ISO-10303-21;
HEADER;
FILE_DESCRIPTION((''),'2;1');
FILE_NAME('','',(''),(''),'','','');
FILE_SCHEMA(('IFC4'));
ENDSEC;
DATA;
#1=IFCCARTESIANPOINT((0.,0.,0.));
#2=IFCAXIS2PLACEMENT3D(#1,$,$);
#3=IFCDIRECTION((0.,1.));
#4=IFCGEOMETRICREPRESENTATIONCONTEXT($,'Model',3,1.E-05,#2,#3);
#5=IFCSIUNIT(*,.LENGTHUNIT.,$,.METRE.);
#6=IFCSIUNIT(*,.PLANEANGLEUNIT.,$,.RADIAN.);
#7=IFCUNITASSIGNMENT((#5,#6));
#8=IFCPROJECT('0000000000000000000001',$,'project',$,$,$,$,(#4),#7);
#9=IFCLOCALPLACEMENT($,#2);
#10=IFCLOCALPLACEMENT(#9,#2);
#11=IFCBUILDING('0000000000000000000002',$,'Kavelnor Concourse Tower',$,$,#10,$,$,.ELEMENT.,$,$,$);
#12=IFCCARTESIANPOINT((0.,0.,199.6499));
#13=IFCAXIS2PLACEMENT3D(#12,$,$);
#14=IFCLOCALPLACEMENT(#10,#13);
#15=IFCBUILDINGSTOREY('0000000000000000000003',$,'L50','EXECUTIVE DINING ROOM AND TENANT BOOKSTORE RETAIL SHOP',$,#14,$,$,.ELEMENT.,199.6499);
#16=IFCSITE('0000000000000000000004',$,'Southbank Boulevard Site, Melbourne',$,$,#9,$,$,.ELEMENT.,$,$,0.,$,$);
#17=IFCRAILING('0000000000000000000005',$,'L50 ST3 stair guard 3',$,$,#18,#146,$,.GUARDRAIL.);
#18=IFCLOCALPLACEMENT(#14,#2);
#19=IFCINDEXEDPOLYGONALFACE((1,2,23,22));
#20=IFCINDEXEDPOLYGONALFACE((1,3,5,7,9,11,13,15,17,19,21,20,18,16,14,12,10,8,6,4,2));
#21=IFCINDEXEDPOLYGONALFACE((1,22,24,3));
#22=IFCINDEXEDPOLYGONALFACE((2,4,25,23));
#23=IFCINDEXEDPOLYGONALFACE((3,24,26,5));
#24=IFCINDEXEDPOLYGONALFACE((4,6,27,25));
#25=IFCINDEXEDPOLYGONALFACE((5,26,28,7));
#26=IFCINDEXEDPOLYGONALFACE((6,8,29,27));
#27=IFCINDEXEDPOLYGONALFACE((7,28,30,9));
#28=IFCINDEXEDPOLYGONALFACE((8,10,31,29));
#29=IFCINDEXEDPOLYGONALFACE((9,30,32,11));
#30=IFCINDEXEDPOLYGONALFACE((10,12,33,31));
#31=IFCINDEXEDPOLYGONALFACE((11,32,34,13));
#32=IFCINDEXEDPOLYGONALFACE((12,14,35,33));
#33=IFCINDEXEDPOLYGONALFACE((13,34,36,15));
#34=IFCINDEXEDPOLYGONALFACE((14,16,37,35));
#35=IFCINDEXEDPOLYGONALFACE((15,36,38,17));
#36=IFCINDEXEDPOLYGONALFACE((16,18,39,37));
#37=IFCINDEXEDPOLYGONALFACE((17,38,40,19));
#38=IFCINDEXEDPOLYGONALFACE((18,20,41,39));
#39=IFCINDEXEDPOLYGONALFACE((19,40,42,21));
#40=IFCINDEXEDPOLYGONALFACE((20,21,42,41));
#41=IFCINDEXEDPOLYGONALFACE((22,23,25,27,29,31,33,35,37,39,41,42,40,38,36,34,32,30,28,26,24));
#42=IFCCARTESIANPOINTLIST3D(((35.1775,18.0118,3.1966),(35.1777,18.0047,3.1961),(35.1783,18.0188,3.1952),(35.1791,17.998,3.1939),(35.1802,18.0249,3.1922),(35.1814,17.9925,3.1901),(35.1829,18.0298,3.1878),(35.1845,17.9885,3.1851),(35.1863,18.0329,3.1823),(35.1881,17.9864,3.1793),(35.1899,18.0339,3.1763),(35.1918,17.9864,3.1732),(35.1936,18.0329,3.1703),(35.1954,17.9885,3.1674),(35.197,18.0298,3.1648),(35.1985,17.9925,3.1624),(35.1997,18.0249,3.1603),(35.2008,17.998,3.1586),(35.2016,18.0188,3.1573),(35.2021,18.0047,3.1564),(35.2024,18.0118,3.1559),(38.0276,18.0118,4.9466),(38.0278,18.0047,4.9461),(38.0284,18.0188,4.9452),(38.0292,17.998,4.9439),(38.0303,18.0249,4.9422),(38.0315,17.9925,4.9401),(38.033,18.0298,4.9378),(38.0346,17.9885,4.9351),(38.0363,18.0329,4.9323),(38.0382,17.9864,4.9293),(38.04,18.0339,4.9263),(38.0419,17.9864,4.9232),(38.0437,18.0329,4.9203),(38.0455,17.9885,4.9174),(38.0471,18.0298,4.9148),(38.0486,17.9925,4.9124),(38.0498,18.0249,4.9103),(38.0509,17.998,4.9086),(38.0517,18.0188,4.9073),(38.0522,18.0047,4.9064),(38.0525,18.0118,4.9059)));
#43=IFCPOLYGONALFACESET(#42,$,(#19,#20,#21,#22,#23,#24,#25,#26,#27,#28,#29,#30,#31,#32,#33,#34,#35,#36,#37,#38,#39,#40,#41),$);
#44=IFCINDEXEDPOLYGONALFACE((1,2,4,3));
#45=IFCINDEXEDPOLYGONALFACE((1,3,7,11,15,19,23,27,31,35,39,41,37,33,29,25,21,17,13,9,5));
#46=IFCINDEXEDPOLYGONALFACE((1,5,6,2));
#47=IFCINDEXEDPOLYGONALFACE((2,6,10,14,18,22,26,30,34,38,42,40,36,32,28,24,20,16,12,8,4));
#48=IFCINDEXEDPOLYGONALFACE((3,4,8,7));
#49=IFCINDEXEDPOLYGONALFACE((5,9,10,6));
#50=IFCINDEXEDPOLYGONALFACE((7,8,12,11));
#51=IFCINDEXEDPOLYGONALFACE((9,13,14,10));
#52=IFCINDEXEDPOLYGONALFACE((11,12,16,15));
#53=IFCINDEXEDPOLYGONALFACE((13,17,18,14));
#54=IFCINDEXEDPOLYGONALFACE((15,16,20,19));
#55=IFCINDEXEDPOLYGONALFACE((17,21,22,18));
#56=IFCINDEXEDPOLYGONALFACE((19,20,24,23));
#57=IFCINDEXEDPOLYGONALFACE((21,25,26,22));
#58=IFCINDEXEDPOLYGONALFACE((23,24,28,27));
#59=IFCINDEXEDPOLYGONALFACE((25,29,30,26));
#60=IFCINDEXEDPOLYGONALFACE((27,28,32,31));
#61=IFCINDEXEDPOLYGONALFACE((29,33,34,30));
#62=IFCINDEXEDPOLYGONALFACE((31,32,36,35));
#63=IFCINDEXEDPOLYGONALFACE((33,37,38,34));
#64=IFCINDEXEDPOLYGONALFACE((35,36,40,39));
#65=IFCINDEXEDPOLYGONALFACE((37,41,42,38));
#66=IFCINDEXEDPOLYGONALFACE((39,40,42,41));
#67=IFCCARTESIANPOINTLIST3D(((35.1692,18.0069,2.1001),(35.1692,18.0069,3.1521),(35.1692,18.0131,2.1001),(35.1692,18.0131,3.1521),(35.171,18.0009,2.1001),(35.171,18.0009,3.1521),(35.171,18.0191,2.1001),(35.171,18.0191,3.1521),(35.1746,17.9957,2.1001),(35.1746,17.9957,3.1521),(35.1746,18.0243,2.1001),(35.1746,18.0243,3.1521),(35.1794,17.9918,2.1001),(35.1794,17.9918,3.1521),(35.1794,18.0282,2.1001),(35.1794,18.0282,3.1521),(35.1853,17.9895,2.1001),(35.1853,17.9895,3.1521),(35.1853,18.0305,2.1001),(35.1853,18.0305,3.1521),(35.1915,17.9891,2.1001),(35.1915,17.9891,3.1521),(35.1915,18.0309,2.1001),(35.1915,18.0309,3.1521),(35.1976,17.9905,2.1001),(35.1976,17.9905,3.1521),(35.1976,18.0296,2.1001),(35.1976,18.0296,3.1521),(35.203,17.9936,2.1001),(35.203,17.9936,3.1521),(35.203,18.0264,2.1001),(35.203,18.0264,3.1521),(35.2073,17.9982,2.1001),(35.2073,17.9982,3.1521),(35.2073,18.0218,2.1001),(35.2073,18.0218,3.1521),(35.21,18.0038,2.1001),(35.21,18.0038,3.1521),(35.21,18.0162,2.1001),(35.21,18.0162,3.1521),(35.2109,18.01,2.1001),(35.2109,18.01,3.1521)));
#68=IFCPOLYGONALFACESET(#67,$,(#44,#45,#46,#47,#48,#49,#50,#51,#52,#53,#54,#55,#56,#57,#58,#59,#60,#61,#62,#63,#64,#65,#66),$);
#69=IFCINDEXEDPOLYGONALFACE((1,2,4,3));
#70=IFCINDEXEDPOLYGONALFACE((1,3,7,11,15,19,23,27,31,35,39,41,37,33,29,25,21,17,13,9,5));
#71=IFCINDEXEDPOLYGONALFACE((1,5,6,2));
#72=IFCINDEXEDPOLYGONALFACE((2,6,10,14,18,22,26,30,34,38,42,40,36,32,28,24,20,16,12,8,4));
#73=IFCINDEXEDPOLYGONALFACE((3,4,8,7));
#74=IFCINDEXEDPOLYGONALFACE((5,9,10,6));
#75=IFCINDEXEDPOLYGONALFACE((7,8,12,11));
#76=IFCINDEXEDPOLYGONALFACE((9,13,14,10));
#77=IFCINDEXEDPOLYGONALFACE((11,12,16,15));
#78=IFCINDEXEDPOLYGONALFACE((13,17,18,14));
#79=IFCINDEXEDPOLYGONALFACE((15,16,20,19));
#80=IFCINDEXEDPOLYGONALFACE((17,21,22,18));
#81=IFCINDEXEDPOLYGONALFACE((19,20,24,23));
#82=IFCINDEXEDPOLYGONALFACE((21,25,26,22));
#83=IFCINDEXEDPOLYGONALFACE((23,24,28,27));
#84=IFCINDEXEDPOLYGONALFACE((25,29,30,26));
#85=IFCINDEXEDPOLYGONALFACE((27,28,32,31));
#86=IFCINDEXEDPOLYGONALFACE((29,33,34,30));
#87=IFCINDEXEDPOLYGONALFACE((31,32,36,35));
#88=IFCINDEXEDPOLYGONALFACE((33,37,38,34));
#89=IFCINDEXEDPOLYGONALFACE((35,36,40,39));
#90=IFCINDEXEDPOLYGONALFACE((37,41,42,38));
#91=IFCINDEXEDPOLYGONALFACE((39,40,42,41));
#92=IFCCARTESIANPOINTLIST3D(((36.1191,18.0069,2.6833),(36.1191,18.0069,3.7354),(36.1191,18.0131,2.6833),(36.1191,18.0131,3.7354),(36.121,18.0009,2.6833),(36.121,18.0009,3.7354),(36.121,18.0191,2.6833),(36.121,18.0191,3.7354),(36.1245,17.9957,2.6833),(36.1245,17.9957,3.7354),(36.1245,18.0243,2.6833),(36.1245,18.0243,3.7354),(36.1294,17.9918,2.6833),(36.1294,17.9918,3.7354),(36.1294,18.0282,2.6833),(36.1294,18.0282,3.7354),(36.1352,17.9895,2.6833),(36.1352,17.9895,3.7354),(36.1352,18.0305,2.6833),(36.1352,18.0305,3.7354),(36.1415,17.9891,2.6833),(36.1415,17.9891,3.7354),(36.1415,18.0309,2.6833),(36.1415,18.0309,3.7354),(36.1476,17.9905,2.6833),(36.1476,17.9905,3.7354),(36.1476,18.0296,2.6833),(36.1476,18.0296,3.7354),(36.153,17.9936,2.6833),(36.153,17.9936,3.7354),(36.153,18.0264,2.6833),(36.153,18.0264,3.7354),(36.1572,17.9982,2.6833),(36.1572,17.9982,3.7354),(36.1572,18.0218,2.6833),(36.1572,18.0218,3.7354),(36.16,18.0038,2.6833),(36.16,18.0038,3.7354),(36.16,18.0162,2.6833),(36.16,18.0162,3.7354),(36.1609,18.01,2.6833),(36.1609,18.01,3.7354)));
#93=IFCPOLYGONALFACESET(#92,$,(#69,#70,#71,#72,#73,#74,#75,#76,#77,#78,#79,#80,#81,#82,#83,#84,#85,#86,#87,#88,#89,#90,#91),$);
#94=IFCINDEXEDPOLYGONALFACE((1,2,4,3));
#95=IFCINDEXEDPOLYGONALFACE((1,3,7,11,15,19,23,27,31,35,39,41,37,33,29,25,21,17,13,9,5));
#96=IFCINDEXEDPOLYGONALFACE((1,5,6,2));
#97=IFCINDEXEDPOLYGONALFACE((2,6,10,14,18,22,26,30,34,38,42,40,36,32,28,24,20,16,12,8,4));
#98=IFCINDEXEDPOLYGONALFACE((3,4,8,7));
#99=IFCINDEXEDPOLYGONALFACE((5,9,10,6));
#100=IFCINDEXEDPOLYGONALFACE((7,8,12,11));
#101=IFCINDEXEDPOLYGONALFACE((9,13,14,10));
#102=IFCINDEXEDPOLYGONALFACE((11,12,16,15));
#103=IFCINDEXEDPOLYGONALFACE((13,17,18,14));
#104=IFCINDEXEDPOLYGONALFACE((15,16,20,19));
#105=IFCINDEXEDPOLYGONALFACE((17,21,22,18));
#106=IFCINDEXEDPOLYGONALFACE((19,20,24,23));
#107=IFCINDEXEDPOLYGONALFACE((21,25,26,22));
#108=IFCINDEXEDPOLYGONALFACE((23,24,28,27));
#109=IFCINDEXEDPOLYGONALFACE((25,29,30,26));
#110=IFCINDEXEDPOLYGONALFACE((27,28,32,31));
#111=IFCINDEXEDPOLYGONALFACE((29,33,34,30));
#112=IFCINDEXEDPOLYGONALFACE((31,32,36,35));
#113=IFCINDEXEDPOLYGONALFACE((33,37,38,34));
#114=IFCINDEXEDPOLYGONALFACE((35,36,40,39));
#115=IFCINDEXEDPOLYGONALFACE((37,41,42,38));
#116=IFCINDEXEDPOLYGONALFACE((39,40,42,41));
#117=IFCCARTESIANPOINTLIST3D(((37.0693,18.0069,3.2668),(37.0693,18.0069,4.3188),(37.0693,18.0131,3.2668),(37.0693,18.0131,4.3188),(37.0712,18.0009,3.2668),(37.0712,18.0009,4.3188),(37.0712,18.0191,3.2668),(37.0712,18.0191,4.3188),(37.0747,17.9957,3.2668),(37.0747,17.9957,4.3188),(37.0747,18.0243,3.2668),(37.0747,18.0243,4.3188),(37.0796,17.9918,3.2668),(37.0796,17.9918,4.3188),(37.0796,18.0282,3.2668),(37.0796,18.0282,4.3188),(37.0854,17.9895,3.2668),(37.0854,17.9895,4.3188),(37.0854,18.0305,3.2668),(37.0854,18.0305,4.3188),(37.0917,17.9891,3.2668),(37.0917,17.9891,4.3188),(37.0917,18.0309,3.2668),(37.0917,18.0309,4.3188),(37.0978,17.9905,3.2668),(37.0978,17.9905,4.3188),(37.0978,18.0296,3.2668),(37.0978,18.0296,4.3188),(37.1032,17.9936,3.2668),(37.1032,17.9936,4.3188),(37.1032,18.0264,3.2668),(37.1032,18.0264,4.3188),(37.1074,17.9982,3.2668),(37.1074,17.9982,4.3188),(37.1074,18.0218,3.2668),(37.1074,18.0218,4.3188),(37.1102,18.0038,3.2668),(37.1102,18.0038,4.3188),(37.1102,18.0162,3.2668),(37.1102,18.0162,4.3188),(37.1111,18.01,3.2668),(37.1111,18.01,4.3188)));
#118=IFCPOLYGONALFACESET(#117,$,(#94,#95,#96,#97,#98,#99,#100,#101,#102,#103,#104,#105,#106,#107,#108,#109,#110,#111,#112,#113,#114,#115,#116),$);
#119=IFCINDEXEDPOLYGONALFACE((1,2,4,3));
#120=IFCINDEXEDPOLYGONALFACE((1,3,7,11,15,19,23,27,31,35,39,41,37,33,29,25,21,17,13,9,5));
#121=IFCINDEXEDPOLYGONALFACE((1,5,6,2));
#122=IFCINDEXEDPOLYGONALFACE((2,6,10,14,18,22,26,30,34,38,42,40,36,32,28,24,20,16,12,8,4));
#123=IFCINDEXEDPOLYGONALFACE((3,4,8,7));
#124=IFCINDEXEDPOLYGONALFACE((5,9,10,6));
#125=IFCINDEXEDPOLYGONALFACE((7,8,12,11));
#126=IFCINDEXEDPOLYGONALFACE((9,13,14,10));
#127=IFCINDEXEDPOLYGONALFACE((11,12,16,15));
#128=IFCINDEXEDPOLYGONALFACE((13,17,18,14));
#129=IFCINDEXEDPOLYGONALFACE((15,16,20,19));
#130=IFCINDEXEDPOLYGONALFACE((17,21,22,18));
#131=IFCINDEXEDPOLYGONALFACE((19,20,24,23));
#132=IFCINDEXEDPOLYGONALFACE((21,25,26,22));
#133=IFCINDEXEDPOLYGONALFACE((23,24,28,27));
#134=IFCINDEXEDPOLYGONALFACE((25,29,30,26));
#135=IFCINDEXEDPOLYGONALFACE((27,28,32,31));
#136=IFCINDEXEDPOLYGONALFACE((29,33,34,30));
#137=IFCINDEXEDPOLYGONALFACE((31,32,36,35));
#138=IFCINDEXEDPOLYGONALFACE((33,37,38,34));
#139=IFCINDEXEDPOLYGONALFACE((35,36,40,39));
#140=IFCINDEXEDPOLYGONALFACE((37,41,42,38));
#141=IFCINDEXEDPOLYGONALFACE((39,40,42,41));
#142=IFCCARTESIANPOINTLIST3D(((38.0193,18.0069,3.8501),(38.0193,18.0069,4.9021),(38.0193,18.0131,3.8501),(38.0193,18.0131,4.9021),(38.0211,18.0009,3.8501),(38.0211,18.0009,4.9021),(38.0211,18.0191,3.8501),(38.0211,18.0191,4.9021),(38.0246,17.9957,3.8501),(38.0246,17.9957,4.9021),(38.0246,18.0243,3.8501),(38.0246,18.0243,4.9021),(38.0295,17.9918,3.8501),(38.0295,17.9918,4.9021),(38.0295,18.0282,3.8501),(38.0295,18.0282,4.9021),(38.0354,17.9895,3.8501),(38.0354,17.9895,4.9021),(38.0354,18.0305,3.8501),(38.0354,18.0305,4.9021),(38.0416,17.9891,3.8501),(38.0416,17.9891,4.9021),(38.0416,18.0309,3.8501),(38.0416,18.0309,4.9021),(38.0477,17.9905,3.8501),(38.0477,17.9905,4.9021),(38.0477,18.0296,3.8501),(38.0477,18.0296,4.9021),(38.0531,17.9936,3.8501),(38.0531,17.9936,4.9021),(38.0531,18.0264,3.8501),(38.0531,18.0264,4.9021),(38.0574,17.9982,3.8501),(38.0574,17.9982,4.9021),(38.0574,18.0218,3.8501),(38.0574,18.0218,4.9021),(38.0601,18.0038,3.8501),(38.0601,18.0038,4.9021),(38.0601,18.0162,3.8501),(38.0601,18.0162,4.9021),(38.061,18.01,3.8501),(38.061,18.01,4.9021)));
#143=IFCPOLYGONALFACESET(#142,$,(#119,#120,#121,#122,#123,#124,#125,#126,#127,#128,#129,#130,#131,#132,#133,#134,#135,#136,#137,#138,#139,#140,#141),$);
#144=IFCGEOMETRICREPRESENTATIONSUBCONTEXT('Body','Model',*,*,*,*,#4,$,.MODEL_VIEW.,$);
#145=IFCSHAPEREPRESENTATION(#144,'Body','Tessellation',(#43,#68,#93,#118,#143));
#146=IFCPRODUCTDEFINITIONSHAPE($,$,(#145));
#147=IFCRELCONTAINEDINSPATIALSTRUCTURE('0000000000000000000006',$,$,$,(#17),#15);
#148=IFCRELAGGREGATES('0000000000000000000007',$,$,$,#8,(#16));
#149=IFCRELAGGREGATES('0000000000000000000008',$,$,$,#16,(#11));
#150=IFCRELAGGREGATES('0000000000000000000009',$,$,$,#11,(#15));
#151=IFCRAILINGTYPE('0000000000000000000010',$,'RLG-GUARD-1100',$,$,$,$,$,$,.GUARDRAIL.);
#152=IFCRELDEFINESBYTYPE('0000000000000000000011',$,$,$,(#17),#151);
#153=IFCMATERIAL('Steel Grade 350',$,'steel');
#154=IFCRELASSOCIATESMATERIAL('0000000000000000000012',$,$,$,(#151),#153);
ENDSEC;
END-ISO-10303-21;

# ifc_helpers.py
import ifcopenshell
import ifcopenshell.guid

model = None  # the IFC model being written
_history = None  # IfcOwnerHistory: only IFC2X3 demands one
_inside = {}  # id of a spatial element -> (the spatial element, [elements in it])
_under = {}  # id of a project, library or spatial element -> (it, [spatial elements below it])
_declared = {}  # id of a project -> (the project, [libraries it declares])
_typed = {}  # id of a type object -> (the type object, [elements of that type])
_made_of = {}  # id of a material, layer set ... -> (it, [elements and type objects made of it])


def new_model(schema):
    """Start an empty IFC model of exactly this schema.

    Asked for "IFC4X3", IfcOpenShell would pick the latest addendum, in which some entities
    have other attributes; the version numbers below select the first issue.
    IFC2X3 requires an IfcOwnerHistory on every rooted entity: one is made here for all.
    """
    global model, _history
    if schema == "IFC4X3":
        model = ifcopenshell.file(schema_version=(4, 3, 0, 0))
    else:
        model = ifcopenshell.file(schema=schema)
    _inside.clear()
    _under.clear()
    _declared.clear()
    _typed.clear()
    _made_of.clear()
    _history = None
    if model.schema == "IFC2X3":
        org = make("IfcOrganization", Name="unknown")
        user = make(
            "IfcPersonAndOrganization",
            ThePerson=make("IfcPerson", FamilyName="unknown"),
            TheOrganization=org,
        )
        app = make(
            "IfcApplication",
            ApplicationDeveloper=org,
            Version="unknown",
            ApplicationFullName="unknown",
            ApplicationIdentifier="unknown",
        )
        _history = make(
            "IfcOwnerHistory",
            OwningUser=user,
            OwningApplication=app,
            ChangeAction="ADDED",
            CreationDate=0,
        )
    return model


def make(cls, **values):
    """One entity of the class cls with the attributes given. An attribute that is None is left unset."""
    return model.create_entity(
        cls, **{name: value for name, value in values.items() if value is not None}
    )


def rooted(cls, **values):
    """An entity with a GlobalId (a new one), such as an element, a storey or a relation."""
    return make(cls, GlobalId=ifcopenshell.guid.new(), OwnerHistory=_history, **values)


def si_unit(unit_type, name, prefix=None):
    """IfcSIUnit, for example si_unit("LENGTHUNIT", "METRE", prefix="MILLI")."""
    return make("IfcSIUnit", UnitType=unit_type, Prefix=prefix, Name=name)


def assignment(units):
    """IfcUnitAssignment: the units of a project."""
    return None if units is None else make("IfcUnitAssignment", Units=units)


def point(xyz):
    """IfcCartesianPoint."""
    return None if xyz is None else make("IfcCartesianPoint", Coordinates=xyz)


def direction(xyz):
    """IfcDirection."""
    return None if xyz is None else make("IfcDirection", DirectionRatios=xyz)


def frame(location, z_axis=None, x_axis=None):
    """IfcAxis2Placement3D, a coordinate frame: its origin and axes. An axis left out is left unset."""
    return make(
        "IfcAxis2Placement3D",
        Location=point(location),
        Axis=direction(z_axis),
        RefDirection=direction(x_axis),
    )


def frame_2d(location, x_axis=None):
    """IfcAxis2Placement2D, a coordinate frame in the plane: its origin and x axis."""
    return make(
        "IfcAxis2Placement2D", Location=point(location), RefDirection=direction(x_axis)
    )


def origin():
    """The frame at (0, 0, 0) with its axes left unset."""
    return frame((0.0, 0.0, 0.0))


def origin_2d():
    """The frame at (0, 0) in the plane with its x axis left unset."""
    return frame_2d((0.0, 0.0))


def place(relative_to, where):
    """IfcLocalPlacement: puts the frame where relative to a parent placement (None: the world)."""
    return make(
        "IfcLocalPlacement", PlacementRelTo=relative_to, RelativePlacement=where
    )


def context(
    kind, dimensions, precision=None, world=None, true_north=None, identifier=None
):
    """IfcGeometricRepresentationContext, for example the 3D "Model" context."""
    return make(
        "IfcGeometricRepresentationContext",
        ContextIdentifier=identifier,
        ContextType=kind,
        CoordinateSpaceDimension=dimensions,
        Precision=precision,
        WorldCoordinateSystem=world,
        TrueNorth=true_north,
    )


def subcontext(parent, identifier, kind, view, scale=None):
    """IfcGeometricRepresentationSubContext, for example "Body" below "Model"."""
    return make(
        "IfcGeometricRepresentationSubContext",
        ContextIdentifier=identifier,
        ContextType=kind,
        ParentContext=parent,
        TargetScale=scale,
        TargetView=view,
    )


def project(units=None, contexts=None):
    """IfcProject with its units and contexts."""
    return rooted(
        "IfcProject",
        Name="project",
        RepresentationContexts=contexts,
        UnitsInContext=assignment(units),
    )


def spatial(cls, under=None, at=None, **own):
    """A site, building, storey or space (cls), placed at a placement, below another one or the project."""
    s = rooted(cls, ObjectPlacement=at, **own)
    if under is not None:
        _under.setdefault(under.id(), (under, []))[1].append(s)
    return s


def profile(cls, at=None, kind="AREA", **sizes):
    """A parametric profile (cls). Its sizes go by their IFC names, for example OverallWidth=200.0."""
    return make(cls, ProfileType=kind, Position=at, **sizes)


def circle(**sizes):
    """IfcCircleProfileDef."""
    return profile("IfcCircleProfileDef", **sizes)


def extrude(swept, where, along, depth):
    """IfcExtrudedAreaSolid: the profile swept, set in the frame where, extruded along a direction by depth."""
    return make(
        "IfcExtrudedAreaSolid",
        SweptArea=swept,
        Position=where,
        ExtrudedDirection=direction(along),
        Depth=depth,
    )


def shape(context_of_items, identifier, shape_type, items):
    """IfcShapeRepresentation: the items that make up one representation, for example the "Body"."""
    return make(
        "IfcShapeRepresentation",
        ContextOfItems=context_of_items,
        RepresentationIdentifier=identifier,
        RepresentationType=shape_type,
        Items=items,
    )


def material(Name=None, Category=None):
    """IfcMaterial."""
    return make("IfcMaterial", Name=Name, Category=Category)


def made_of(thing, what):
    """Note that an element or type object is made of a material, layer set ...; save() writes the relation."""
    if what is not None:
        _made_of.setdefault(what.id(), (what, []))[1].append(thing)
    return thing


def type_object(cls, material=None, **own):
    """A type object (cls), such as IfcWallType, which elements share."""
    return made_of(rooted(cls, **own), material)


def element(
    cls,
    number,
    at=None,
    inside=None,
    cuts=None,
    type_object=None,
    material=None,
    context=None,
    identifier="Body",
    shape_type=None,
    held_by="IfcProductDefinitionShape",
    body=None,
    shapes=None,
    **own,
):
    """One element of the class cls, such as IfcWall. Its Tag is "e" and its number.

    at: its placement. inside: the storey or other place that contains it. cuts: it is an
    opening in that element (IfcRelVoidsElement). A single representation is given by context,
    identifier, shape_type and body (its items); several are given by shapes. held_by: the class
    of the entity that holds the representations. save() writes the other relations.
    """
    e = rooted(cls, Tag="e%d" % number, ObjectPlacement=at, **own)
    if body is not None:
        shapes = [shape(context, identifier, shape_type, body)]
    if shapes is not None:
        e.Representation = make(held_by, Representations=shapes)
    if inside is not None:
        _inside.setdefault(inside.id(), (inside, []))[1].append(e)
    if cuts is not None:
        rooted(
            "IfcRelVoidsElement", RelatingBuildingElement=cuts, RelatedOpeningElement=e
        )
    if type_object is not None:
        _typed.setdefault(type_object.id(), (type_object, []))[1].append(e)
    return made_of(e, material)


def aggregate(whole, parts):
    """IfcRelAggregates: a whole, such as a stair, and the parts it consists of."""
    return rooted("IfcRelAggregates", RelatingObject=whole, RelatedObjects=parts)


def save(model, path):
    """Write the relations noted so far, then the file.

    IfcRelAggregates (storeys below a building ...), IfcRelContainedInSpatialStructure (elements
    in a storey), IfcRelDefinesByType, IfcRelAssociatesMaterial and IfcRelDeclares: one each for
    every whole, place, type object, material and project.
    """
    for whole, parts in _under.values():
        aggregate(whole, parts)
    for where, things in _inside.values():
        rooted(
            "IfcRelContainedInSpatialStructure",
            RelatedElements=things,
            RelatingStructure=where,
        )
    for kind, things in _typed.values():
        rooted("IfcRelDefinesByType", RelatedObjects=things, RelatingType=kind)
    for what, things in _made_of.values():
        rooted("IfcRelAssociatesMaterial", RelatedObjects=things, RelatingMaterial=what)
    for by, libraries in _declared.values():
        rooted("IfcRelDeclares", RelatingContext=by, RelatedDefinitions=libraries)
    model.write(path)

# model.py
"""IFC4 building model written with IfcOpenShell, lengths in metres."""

from ifc_helpers import new_model, si_unit, direction, frame, origin, origin_2d, place, context, subcontext, project, spatial, circle, extrude, material, type_object, element, save


model = new_model("IFC4")

# Units and contexts
model_context = context("Model", 3, precision=1e-05, world=origin(), true_north=direction((0.0, 1.0)))
body_context = subcontext(model_context, "Body", "Model", "MODEL_VIEW")
ifc_project = project(units=[si_unit("LENGTHUNIT", "METRE"), si_unit("PLANEANGLEUNIT", "RADIAN")], contexts=[model_context])

# Site, building, storey
site_placement = place(None, origin())
site = spatial("IfcSite", under=ifc_project, at=site_placement, Name="Southbank Boulevard Site, Melbourne", CompositionType="ELEMENT", RefElevation=0.0)
building_placement = place(site_placement, origin())
building = spatial("IfcBuilding", under=site, at=building_placement, Name="Kavelnor Concourse Tower", CompositionType="ELEMENT")
storey_placement = place(building_placement, frame((0.0, 0.0, 199.6499)))
storey = spatial("IfcBuildingStorey", under=building, at=storey_placement, Name="L50", Description="EXECUTIVE DINING ROOM AND TENANT BOOKSTORE RETAIL SHOP", CompositionType="ELEMENT", Elevation=199.6499)

# Shared definitions
ifc_material_1 = material(Name="Steel Grade 350", Category="steel")

# Railing
railing_type = type_object("IfcRailingType", Name="RLG-GUARD-1100", PredefinedType="GUARDRAIL", material=ifc_material_1)
railing_1_placement = place(storey_placement, frame((35.1899, 18.01, 2.1001)))
element("IfcRailing", 1, at=railing_1_placement, inside=storey, type_object=railing_type, Name="L50 ST3 stair guard 3", PredefinedType="GUARDRAIL", context=body_context, shape_type="SweptSolid", body=[
    extrude(circle(Radius=0.0239, at=origin_2d()), frame((0.0, 0.0, 1.0762), z_axis=(0.852179, 0.0, 0.52325), x_axis=(0.0, 1.0, 0.0)), (0.0, 0.0, 1.0), 3.3445),
    extrude(circle(Radius=0.021, at=origin_2d()), origin(), (0.0, 0.0, 1.0), 1.052),
    extrude(circle(Radius=0.021, at=origin_2d()), frame((0.95, 0.0, 0.5833)), (0.0, 0.0, 1.0), 1.052),
    extrude(circle(Radius=0.021, at=origin_2d()), frame((1.9001, 0.0, 1.1667)), (0.0, 0.0, 1.0), 1.052),
    extrude(circle(Radius=0.021, at=origin_2d()), frame((2.8501, 0.0, 1.75)), (0.0, 0.0, 1.0), 1.052),
])

save(model, "model.ifc")
